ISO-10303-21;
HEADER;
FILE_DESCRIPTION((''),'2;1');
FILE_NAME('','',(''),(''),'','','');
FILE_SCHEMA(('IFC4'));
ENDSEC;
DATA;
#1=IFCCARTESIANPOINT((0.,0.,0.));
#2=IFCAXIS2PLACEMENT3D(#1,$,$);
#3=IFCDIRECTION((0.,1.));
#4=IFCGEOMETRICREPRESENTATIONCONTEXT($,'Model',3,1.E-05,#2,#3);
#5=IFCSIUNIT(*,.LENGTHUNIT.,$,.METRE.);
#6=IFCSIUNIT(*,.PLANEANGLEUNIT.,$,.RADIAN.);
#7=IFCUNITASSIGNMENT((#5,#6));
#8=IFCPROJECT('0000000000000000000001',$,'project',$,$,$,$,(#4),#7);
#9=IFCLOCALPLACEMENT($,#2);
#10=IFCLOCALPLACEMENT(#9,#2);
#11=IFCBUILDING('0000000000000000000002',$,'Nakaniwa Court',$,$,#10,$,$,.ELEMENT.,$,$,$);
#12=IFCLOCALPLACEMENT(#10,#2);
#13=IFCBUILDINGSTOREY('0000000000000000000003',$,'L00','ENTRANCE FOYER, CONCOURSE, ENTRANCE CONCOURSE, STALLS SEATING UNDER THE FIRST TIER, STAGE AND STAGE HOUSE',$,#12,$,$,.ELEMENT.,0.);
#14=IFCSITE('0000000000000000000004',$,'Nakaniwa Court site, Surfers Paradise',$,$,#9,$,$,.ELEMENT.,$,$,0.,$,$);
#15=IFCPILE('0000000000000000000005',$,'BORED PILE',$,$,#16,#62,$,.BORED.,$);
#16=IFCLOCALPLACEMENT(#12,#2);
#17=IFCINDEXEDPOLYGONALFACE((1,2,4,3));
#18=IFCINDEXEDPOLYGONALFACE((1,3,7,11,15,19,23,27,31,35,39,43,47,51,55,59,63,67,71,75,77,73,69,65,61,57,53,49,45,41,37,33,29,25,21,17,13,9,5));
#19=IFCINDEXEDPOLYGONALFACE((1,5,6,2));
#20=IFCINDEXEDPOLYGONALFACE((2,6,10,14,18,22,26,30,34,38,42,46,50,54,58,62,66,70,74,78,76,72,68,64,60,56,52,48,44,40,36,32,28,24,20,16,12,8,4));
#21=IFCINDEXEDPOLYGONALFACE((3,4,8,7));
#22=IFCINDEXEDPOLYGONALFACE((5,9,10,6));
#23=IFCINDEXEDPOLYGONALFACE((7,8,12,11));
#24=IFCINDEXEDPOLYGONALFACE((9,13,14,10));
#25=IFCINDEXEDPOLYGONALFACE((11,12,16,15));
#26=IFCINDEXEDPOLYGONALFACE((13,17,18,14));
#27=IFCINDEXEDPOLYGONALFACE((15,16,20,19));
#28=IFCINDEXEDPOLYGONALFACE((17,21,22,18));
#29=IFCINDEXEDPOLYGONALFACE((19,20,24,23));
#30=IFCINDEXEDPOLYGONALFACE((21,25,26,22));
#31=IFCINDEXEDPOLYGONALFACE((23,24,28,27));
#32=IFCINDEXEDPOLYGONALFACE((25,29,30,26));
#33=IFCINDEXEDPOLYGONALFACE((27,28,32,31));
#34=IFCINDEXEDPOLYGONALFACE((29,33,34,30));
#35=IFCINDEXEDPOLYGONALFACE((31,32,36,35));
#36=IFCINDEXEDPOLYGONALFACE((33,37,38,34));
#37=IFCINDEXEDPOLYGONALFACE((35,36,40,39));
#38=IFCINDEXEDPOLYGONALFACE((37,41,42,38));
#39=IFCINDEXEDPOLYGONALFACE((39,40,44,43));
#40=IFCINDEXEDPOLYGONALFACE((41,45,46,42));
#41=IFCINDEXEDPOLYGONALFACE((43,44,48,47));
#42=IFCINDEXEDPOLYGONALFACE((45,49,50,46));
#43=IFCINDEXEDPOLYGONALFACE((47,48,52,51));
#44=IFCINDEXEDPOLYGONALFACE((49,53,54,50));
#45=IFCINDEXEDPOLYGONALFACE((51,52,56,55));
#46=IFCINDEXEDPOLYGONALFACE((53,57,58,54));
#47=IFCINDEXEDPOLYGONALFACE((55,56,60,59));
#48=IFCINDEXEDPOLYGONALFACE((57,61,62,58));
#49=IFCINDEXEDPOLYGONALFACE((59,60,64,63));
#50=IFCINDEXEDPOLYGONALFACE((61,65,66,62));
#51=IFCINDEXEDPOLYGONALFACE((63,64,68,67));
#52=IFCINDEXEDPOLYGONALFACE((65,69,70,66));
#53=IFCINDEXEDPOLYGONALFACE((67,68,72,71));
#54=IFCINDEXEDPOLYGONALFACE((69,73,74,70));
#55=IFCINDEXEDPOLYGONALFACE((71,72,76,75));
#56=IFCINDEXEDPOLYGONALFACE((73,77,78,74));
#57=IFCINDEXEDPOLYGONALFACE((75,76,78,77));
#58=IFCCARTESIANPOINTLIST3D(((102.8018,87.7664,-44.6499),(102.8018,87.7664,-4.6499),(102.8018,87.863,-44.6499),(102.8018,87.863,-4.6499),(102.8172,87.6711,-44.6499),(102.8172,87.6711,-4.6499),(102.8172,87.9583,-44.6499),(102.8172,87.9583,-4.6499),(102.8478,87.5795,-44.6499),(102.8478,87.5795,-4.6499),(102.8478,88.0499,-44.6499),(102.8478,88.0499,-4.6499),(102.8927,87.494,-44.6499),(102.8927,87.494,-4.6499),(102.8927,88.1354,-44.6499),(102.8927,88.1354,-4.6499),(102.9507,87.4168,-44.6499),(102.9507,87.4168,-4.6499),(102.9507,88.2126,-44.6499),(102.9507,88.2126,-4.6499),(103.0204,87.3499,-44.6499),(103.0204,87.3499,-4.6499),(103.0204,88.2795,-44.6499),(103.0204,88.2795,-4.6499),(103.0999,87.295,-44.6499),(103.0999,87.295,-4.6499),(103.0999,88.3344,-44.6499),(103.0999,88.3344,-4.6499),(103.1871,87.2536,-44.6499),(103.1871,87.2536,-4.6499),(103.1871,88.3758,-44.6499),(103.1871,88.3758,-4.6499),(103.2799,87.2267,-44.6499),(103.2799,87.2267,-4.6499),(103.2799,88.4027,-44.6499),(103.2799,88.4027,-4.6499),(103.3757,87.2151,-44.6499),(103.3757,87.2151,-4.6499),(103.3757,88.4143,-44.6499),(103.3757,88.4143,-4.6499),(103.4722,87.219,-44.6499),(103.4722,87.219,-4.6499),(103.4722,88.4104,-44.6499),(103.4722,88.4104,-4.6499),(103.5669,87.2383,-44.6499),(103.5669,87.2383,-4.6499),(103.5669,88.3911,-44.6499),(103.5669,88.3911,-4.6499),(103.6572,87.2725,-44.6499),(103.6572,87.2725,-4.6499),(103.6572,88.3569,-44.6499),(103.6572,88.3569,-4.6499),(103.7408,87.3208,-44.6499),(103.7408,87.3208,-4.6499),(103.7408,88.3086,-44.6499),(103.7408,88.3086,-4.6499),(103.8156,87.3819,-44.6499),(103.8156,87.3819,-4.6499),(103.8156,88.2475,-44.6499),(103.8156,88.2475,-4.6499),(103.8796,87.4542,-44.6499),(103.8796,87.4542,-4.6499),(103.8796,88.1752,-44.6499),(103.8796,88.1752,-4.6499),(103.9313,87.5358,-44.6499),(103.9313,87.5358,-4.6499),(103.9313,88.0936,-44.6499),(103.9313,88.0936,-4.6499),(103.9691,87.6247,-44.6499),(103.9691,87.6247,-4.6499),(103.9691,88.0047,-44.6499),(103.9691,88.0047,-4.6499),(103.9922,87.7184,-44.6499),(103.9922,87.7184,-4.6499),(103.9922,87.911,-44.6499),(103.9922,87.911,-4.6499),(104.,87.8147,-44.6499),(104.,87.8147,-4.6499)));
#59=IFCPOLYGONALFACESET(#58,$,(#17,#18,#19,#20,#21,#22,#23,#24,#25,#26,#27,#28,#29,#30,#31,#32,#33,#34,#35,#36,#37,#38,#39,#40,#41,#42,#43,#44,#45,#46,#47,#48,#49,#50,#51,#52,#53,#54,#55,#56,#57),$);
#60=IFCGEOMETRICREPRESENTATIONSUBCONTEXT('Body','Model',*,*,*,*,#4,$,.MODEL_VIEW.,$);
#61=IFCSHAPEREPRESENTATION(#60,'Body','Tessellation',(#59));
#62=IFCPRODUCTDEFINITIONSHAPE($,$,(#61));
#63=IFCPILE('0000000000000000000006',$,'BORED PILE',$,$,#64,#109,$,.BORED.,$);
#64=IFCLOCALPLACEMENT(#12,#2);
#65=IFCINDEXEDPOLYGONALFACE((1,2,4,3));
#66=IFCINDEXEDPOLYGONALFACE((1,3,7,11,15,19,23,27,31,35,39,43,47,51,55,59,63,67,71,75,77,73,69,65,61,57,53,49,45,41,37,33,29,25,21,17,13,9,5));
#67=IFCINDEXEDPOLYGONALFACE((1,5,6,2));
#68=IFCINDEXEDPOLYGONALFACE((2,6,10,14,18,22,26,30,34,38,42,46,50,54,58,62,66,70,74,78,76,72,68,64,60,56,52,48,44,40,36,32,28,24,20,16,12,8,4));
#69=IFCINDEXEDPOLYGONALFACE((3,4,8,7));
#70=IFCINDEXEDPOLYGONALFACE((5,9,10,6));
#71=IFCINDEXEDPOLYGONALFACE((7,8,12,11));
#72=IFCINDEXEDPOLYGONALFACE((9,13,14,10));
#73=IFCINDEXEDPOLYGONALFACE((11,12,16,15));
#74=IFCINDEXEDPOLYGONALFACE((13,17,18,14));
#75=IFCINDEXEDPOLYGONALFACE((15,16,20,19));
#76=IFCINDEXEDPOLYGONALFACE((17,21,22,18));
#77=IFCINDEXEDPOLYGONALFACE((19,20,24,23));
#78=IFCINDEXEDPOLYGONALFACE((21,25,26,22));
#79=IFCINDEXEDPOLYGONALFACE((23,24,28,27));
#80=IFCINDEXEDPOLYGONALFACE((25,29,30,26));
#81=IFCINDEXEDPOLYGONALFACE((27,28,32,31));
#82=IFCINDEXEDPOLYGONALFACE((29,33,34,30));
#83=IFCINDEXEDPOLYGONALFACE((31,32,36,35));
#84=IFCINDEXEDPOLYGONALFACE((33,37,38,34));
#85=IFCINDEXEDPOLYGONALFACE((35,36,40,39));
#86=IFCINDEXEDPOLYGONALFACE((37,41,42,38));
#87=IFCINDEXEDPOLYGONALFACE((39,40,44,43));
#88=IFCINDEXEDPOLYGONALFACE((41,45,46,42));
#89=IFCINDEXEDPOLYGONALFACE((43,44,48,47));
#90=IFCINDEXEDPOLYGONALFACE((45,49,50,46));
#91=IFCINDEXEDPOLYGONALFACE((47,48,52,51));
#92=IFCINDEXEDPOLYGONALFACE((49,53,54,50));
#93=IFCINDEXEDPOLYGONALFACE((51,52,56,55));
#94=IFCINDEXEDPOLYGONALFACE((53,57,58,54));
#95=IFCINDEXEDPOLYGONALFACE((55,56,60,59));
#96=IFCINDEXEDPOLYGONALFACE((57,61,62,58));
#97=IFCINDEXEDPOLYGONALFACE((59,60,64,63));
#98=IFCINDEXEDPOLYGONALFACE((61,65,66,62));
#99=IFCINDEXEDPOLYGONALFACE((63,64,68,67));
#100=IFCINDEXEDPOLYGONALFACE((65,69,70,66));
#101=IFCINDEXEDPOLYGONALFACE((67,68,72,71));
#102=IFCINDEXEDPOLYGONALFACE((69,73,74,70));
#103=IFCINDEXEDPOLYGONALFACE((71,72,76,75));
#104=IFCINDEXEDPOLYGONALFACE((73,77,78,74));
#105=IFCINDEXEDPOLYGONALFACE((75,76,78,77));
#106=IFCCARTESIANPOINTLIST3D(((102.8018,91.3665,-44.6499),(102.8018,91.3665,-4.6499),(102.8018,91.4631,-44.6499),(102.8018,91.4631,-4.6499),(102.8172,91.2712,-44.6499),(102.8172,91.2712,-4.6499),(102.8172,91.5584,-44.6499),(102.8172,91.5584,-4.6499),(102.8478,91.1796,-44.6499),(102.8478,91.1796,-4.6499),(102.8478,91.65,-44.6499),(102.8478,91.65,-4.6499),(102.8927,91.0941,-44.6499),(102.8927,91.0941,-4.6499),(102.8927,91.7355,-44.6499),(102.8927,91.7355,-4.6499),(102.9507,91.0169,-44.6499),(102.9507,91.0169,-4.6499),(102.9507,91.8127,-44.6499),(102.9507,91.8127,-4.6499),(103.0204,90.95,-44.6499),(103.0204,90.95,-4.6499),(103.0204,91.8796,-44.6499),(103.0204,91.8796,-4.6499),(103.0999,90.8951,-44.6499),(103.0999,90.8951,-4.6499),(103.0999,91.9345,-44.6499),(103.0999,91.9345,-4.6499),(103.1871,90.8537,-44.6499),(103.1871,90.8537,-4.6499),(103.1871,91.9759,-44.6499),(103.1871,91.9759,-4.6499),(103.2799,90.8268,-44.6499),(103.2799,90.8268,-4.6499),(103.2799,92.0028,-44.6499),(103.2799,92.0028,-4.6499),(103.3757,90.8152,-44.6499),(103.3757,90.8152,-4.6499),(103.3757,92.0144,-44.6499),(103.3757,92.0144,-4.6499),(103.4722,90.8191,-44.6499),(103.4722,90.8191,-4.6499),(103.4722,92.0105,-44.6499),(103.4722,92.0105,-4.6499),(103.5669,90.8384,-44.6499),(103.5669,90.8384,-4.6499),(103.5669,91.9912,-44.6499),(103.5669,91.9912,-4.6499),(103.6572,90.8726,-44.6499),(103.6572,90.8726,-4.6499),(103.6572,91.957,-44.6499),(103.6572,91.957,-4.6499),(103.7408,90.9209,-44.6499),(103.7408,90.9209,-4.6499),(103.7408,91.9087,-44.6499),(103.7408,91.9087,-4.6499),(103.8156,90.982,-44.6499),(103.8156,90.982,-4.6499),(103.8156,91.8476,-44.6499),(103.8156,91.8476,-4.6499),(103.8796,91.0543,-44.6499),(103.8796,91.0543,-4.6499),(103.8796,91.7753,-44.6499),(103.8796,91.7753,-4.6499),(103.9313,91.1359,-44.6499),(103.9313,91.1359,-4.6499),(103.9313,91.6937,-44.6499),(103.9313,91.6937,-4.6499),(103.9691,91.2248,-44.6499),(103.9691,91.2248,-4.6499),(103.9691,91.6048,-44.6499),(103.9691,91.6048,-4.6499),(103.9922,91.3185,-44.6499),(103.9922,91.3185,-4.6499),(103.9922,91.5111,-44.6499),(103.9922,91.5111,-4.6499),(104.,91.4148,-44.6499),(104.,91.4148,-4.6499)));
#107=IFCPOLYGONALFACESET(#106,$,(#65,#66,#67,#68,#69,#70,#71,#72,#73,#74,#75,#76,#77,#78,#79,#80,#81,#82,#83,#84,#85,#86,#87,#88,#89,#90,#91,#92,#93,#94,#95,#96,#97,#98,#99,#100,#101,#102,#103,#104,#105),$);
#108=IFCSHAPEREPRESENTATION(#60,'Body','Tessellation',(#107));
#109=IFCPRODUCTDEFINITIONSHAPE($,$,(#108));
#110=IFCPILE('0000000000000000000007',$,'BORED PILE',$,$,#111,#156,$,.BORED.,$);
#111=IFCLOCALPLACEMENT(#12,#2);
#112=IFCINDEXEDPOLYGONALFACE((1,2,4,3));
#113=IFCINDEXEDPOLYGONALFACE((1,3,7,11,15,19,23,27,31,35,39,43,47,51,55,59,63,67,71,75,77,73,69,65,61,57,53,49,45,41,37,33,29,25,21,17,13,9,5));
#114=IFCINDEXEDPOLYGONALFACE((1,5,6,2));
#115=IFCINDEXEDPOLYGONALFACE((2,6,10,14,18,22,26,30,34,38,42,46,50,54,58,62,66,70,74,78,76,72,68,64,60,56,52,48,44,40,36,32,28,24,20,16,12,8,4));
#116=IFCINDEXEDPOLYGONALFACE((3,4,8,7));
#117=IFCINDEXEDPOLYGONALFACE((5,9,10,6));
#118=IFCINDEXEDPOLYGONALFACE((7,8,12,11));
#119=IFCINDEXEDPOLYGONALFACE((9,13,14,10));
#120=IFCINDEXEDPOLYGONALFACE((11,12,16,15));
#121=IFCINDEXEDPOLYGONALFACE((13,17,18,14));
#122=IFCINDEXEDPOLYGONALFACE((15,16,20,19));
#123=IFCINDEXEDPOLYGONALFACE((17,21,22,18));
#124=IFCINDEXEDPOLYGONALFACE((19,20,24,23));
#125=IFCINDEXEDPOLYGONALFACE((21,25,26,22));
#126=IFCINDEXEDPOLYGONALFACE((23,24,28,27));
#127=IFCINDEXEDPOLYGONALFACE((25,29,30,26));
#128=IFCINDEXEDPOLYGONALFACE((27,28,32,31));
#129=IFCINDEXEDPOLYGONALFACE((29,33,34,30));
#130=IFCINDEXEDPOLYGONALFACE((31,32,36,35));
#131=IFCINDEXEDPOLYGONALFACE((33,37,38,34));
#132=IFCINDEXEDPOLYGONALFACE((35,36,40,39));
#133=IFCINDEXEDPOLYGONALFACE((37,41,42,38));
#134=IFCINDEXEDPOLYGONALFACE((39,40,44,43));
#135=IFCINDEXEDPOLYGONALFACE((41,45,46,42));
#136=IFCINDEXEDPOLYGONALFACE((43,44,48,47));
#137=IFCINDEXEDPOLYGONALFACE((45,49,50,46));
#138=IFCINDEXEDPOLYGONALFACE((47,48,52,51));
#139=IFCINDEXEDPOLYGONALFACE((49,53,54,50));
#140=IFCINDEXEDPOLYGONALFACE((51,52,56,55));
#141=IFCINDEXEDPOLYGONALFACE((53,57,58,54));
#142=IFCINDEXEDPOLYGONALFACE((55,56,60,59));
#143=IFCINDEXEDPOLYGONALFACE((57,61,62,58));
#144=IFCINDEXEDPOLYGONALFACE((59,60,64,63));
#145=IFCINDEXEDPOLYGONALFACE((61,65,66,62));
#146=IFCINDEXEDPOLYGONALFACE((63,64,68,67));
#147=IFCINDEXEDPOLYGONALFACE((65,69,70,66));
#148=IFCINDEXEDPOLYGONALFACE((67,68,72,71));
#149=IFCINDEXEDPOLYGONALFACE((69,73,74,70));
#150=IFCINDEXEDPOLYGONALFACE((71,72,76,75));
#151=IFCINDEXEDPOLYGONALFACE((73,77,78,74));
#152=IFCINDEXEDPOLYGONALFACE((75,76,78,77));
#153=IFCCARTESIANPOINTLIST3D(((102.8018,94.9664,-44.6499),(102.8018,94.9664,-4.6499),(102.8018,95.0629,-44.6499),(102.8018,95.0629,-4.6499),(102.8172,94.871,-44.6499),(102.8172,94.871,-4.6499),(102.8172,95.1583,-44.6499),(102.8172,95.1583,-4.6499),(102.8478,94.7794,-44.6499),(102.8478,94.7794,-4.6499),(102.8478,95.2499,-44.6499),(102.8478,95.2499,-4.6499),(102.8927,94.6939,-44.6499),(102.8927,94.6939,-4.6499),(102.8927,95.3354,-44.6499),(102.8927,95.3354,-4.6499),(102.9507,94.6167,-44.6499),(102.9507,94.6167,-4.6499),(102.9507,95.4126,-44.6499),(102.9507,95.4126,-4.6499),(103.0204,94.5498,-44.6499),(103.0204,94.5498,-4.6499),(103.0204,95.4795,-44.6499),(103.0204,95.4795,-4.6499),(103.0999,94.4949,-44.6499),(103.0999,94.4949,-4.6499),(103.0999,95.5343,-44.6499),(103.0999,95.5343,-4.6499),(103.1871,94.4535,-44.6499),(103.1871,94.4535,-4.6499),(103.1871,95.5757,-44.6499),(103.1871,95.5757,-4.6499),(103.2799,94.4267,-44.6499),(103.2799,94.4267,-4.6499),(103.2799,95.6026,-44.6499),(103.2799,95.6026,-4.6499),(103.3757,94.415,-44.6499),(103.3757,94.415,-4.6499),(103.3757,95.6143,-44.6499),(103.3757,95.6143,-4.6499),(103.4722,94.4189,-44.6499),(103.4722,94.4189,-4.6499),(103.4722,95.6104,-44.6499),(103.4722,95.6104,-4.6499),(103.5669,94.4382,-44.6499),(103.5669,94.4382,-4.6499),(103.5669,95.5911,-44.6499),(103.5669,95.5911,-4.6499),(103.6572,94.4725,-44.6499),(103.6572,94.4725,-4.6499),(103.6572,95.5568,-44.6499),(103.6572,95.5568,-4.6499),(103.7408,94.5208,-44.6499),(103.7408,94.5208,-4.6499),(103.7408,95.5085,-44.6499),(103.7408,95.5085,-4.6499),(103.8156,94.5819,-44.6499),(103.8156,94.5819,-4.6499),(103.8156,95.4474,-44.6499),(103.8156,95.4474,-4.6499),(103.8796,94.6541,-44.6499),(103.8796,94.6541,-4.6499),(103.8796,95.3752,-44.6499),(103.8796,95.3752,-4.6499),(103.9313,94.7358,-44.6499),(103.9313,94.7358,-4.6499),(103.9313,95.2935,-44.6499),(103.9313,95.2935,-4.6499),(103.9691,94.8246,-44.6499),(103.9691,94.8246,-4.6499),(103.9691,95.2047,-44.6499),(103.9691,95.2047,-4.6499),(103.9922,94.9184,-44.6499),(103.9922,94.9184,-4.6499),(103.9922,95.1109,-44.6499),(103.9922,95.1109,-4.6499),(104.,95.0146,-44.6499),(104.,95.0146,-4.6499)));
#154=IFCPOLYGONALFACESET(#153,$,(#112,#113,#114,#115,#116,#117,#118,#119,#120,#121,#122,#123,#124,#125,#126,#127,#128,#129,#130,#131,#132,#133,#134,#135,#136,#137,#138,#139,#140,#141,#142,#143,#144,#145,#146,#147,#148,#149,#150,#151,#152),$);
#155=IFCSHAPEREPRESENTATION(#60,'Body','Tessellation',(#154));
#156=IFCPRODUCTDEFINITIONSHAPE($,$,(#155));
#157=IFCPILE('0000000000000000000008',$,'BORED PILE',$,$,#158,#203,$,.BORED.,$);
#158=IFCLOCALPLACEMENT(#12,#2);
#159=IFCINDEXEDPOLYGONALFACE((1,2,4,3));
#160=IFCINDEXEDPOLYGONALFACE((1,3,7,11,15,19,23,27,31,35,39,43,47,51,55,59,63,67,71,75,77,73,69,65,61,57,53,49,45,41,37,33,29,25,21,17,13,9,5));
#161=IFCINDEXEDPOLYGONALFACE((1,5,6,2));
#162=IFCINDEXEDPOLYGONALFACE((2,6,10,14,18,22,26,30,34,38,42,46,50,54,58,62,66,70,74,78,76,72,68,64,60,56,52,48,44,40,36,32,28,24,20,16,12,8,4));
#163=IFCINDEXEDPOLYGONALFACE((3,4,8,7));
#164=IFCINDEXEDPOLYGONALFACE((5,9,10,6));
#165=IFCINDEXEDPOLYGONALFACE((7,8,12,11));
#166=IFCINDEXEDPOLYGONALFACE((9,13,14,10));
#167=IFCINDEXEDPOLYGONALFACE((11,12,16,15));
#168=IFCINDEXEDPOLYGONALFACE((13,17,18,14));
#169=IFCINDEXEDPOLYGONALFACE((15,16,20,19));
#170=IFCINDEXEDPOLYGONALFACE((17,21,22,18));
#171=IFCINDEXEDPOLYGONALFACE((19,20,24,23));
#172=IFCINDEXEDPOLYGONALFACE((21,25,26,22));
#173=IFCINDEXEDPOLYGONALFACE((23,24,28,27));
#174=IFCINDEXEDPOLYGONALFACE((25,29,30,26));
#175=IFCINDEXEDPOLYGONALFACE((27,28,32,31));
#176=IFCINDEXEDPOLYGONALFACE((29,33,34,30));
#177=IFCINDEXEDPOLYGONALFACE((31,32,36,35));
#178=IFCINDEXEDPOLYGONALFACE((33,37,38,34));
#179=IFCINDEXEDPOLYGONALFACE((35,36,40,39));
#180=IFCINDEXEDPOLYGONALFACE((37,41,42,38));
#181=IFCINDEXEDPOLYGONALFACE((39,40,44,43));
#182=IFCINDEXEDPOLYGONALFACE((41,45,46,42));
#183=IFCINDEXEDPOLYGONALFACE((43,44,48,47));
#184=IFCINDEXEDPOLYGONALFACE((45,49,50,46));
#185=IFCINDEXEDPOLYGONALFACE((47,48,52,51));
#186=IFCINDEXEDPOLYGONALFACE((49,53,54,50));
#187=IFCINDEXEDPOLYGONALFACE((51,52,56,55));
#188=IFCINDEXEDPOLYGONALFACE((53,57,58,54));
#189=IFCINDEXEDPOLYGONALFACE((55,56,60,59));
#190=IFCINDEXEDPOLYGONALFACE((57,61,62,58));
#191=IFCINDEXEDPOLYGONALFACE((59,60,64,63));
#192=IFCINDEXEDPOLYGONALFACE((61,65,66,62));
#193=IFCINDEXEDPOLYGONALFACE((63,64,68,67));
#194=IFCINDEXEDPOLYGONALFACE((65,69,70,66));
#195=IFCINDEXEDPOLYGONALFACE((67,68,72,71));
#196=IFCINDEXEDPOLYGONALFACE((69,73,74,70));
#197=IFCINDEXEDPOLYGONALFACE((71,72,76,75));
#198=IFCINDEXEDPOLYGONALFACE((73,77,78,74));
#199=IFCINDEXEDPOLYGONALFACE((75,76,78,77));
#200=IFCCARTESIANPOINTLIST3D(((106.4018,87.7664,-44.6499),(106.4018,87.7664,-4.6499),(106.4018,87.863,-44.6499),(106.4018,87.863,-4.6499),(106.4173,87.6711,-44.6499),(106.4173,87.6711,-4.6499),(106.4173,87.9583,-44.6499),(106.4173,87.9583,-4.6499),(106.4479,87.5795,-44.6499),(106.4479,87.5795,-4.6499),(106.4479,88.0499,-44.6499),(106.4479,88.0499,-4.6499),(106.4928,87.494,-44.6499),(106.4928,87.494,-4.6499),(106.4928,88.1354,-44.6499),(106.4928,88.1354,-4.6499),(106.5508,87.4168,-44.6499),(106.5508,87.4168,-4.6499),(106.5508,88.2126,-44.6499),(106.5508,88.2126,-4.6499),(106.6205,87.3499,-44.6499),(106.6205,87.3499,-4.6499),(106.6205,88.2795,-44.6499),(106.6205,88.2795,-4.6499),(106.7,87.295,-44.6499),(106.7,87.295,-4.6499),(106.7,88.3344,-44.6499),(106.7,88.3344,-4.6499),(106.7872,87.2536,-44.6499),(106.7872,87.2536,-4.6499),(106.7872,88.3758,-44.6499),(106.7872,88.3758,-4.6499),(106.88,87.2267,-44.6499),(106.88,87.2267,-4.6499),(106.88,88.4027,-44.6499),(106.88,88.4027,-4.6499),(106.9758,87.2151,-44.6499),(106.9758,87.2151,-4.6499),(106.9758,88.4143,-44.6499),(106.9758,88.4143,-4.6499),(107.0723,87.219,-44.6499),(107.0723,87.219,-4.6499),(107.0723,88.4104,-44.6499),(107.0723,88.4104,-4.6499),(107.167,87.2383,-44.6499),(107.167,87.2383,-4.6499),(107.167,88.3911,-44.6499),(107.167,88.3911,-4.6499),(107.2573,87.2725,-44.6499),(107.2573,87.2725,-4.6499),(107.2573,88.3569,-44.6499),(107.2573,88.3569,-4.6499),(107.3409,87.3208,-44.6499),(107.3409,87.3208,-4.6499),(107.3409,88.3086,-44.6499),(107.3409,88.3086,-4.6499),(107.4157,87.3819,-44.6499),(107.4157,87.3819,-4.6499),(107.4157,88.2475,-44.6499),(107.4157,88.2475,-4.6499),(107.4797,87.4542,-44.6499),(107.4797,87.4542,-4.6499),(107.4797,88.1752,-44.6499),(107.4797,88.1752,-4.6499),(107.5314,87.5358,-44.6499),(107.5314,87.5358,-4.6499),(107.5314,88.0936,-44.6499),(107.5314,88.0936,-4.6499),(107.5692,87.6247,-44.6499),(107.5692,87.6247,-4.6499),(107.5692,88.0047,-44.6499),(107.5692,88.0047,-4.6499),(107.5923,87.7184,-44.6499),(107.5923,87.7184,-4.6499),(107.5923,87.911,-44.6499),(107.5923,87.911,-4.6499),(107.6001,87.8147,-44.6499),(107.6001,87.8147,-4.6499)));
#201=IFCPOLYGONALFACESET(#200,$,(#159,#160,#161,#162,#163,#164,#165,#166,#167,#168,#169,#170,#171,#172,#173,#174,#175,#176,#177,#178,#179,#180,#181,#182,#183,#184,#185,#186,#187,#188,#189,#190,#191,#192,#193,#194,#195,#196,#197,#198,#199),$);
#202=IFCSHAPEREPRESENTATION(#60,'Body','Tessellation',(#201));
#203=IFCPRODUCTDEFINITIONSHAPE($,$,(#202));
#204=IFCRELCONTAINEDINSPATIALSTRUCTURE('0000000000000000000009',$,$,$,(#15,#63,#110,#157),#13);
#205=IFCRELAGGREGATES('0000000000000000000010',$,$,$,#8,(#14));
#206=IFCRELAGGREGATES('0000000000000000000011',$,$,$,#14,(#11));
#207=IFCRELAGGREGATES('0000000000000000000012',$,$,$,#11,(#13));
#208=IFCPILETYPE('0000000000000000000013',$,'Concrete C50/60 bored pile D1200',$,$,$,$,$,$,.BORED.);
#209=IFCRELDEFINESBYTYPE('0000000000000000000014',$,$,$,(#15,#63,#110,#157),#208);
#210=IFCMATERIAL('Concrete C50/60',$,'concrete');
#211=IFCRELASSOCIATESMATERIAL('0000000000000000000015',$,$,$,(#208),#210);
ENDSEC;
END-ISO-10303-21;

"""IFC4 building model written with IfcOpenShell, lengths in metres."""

from ifc_helpers import new_model, si_unit, direction, frame, origin, origin_2d, place, context, subcontext, project, spatial, circle, extrude, material, material_profile, profile_set, type_object, element, save


model = new_model("IFC4")

# Units and contexts
model_context = context("Model", 3, precision=1e-05, world=origin(), true_north=direction((0.0, 1.0)))
body_context = subcontext(model_context, "Body", "Model", "MODEL_VIEW")
ifc_project = project(units=[si_unit("LENGTHUNIT", "METRE"), si_unit("PLANEANGLEUNIT", "RADIAN")], contexts=[model_context])

# Site, building, storey
site_placement = place(None, origin())
site = spatial("IfcSite", under=ifc_project, at=site_placement, Name="Nakaniwa Court site, Surfers Paradise", CompositionType="ELEMENT", RefElevation=0.0)
building_placement = place(site_placement, origin())
building = spatial("IfcBuilding", under=site, at=building_placement, Name="Nakaniwa Court", CompositionType="ELEMENT")
storey_placement = place(building_placement, origin())
storey = spatial("IfcBuildingStorey", under=building, at=storey_placement, Name="L00", Description="ENTRANCE FOYER, CONCOURSE, ENTRANCE CONCOURSE, STALLS SEATING UNDER THE FIRST TIER, STAGE AND STAGE HOUSE", CompositionType="ELEMENT", Elevation=0.0)

# Piles
ifc_material_1 = material(Name="Concrete C50/60", Category="concrete")
ifc_material_profile_1 = material_profile(ifc_material_1, circle(Radius=0.6001, at=origin_2d()), Name="Concrete C50/60 bored pile D1200")
ifc_profile_set_1 = profile_set([ifc_material_profile_1], Name="Concrete C50/60")
pile_type = type_object("IfcPileType", Name="Concrete C50/60 bored pile D1200", PredefinedType="BORED", material=ifc_profile_set_1)
for number, where, z_axis, x_axis, name in (
    (1, (103.3999, 87.8147, -4.6499), (0.0, 0.0, -1.0), (1.0, 0.0, 0.0), "BORED PILE"),
    (2, (103.3999, 91.4148, -4.6499), (0.0, 0.0, -1.0), (1.0, 0.0, 0.0), "BORED PILE"),
    (3, (103.3999, 95.0146, -4.6499), (0.0, 0.0, -1.0), (1.0, 0.0, 0.0), "BORED PILE"),
    (4, (107.0, 87.8147, -4.6499), (0.0, 0.0, -1.0), (1.0, 0.0, 0.0), "BORED PILE"),
):
    element("IfcPile", number, at=place(storey_placement, frame(where, z_axis=z_axis, x_axis=x_axis)), inside=storey, type_object=pile_type, Name=name, PredefinedType="BORED", context=body_context, shape_type="SweptSolid", body=[
        extrude(circle(Radius=0.6001, at=origin_2d()), origin(), (0.0, 0.0, 1.0), 40.0),
    ])

save(model, "model.ifc")
